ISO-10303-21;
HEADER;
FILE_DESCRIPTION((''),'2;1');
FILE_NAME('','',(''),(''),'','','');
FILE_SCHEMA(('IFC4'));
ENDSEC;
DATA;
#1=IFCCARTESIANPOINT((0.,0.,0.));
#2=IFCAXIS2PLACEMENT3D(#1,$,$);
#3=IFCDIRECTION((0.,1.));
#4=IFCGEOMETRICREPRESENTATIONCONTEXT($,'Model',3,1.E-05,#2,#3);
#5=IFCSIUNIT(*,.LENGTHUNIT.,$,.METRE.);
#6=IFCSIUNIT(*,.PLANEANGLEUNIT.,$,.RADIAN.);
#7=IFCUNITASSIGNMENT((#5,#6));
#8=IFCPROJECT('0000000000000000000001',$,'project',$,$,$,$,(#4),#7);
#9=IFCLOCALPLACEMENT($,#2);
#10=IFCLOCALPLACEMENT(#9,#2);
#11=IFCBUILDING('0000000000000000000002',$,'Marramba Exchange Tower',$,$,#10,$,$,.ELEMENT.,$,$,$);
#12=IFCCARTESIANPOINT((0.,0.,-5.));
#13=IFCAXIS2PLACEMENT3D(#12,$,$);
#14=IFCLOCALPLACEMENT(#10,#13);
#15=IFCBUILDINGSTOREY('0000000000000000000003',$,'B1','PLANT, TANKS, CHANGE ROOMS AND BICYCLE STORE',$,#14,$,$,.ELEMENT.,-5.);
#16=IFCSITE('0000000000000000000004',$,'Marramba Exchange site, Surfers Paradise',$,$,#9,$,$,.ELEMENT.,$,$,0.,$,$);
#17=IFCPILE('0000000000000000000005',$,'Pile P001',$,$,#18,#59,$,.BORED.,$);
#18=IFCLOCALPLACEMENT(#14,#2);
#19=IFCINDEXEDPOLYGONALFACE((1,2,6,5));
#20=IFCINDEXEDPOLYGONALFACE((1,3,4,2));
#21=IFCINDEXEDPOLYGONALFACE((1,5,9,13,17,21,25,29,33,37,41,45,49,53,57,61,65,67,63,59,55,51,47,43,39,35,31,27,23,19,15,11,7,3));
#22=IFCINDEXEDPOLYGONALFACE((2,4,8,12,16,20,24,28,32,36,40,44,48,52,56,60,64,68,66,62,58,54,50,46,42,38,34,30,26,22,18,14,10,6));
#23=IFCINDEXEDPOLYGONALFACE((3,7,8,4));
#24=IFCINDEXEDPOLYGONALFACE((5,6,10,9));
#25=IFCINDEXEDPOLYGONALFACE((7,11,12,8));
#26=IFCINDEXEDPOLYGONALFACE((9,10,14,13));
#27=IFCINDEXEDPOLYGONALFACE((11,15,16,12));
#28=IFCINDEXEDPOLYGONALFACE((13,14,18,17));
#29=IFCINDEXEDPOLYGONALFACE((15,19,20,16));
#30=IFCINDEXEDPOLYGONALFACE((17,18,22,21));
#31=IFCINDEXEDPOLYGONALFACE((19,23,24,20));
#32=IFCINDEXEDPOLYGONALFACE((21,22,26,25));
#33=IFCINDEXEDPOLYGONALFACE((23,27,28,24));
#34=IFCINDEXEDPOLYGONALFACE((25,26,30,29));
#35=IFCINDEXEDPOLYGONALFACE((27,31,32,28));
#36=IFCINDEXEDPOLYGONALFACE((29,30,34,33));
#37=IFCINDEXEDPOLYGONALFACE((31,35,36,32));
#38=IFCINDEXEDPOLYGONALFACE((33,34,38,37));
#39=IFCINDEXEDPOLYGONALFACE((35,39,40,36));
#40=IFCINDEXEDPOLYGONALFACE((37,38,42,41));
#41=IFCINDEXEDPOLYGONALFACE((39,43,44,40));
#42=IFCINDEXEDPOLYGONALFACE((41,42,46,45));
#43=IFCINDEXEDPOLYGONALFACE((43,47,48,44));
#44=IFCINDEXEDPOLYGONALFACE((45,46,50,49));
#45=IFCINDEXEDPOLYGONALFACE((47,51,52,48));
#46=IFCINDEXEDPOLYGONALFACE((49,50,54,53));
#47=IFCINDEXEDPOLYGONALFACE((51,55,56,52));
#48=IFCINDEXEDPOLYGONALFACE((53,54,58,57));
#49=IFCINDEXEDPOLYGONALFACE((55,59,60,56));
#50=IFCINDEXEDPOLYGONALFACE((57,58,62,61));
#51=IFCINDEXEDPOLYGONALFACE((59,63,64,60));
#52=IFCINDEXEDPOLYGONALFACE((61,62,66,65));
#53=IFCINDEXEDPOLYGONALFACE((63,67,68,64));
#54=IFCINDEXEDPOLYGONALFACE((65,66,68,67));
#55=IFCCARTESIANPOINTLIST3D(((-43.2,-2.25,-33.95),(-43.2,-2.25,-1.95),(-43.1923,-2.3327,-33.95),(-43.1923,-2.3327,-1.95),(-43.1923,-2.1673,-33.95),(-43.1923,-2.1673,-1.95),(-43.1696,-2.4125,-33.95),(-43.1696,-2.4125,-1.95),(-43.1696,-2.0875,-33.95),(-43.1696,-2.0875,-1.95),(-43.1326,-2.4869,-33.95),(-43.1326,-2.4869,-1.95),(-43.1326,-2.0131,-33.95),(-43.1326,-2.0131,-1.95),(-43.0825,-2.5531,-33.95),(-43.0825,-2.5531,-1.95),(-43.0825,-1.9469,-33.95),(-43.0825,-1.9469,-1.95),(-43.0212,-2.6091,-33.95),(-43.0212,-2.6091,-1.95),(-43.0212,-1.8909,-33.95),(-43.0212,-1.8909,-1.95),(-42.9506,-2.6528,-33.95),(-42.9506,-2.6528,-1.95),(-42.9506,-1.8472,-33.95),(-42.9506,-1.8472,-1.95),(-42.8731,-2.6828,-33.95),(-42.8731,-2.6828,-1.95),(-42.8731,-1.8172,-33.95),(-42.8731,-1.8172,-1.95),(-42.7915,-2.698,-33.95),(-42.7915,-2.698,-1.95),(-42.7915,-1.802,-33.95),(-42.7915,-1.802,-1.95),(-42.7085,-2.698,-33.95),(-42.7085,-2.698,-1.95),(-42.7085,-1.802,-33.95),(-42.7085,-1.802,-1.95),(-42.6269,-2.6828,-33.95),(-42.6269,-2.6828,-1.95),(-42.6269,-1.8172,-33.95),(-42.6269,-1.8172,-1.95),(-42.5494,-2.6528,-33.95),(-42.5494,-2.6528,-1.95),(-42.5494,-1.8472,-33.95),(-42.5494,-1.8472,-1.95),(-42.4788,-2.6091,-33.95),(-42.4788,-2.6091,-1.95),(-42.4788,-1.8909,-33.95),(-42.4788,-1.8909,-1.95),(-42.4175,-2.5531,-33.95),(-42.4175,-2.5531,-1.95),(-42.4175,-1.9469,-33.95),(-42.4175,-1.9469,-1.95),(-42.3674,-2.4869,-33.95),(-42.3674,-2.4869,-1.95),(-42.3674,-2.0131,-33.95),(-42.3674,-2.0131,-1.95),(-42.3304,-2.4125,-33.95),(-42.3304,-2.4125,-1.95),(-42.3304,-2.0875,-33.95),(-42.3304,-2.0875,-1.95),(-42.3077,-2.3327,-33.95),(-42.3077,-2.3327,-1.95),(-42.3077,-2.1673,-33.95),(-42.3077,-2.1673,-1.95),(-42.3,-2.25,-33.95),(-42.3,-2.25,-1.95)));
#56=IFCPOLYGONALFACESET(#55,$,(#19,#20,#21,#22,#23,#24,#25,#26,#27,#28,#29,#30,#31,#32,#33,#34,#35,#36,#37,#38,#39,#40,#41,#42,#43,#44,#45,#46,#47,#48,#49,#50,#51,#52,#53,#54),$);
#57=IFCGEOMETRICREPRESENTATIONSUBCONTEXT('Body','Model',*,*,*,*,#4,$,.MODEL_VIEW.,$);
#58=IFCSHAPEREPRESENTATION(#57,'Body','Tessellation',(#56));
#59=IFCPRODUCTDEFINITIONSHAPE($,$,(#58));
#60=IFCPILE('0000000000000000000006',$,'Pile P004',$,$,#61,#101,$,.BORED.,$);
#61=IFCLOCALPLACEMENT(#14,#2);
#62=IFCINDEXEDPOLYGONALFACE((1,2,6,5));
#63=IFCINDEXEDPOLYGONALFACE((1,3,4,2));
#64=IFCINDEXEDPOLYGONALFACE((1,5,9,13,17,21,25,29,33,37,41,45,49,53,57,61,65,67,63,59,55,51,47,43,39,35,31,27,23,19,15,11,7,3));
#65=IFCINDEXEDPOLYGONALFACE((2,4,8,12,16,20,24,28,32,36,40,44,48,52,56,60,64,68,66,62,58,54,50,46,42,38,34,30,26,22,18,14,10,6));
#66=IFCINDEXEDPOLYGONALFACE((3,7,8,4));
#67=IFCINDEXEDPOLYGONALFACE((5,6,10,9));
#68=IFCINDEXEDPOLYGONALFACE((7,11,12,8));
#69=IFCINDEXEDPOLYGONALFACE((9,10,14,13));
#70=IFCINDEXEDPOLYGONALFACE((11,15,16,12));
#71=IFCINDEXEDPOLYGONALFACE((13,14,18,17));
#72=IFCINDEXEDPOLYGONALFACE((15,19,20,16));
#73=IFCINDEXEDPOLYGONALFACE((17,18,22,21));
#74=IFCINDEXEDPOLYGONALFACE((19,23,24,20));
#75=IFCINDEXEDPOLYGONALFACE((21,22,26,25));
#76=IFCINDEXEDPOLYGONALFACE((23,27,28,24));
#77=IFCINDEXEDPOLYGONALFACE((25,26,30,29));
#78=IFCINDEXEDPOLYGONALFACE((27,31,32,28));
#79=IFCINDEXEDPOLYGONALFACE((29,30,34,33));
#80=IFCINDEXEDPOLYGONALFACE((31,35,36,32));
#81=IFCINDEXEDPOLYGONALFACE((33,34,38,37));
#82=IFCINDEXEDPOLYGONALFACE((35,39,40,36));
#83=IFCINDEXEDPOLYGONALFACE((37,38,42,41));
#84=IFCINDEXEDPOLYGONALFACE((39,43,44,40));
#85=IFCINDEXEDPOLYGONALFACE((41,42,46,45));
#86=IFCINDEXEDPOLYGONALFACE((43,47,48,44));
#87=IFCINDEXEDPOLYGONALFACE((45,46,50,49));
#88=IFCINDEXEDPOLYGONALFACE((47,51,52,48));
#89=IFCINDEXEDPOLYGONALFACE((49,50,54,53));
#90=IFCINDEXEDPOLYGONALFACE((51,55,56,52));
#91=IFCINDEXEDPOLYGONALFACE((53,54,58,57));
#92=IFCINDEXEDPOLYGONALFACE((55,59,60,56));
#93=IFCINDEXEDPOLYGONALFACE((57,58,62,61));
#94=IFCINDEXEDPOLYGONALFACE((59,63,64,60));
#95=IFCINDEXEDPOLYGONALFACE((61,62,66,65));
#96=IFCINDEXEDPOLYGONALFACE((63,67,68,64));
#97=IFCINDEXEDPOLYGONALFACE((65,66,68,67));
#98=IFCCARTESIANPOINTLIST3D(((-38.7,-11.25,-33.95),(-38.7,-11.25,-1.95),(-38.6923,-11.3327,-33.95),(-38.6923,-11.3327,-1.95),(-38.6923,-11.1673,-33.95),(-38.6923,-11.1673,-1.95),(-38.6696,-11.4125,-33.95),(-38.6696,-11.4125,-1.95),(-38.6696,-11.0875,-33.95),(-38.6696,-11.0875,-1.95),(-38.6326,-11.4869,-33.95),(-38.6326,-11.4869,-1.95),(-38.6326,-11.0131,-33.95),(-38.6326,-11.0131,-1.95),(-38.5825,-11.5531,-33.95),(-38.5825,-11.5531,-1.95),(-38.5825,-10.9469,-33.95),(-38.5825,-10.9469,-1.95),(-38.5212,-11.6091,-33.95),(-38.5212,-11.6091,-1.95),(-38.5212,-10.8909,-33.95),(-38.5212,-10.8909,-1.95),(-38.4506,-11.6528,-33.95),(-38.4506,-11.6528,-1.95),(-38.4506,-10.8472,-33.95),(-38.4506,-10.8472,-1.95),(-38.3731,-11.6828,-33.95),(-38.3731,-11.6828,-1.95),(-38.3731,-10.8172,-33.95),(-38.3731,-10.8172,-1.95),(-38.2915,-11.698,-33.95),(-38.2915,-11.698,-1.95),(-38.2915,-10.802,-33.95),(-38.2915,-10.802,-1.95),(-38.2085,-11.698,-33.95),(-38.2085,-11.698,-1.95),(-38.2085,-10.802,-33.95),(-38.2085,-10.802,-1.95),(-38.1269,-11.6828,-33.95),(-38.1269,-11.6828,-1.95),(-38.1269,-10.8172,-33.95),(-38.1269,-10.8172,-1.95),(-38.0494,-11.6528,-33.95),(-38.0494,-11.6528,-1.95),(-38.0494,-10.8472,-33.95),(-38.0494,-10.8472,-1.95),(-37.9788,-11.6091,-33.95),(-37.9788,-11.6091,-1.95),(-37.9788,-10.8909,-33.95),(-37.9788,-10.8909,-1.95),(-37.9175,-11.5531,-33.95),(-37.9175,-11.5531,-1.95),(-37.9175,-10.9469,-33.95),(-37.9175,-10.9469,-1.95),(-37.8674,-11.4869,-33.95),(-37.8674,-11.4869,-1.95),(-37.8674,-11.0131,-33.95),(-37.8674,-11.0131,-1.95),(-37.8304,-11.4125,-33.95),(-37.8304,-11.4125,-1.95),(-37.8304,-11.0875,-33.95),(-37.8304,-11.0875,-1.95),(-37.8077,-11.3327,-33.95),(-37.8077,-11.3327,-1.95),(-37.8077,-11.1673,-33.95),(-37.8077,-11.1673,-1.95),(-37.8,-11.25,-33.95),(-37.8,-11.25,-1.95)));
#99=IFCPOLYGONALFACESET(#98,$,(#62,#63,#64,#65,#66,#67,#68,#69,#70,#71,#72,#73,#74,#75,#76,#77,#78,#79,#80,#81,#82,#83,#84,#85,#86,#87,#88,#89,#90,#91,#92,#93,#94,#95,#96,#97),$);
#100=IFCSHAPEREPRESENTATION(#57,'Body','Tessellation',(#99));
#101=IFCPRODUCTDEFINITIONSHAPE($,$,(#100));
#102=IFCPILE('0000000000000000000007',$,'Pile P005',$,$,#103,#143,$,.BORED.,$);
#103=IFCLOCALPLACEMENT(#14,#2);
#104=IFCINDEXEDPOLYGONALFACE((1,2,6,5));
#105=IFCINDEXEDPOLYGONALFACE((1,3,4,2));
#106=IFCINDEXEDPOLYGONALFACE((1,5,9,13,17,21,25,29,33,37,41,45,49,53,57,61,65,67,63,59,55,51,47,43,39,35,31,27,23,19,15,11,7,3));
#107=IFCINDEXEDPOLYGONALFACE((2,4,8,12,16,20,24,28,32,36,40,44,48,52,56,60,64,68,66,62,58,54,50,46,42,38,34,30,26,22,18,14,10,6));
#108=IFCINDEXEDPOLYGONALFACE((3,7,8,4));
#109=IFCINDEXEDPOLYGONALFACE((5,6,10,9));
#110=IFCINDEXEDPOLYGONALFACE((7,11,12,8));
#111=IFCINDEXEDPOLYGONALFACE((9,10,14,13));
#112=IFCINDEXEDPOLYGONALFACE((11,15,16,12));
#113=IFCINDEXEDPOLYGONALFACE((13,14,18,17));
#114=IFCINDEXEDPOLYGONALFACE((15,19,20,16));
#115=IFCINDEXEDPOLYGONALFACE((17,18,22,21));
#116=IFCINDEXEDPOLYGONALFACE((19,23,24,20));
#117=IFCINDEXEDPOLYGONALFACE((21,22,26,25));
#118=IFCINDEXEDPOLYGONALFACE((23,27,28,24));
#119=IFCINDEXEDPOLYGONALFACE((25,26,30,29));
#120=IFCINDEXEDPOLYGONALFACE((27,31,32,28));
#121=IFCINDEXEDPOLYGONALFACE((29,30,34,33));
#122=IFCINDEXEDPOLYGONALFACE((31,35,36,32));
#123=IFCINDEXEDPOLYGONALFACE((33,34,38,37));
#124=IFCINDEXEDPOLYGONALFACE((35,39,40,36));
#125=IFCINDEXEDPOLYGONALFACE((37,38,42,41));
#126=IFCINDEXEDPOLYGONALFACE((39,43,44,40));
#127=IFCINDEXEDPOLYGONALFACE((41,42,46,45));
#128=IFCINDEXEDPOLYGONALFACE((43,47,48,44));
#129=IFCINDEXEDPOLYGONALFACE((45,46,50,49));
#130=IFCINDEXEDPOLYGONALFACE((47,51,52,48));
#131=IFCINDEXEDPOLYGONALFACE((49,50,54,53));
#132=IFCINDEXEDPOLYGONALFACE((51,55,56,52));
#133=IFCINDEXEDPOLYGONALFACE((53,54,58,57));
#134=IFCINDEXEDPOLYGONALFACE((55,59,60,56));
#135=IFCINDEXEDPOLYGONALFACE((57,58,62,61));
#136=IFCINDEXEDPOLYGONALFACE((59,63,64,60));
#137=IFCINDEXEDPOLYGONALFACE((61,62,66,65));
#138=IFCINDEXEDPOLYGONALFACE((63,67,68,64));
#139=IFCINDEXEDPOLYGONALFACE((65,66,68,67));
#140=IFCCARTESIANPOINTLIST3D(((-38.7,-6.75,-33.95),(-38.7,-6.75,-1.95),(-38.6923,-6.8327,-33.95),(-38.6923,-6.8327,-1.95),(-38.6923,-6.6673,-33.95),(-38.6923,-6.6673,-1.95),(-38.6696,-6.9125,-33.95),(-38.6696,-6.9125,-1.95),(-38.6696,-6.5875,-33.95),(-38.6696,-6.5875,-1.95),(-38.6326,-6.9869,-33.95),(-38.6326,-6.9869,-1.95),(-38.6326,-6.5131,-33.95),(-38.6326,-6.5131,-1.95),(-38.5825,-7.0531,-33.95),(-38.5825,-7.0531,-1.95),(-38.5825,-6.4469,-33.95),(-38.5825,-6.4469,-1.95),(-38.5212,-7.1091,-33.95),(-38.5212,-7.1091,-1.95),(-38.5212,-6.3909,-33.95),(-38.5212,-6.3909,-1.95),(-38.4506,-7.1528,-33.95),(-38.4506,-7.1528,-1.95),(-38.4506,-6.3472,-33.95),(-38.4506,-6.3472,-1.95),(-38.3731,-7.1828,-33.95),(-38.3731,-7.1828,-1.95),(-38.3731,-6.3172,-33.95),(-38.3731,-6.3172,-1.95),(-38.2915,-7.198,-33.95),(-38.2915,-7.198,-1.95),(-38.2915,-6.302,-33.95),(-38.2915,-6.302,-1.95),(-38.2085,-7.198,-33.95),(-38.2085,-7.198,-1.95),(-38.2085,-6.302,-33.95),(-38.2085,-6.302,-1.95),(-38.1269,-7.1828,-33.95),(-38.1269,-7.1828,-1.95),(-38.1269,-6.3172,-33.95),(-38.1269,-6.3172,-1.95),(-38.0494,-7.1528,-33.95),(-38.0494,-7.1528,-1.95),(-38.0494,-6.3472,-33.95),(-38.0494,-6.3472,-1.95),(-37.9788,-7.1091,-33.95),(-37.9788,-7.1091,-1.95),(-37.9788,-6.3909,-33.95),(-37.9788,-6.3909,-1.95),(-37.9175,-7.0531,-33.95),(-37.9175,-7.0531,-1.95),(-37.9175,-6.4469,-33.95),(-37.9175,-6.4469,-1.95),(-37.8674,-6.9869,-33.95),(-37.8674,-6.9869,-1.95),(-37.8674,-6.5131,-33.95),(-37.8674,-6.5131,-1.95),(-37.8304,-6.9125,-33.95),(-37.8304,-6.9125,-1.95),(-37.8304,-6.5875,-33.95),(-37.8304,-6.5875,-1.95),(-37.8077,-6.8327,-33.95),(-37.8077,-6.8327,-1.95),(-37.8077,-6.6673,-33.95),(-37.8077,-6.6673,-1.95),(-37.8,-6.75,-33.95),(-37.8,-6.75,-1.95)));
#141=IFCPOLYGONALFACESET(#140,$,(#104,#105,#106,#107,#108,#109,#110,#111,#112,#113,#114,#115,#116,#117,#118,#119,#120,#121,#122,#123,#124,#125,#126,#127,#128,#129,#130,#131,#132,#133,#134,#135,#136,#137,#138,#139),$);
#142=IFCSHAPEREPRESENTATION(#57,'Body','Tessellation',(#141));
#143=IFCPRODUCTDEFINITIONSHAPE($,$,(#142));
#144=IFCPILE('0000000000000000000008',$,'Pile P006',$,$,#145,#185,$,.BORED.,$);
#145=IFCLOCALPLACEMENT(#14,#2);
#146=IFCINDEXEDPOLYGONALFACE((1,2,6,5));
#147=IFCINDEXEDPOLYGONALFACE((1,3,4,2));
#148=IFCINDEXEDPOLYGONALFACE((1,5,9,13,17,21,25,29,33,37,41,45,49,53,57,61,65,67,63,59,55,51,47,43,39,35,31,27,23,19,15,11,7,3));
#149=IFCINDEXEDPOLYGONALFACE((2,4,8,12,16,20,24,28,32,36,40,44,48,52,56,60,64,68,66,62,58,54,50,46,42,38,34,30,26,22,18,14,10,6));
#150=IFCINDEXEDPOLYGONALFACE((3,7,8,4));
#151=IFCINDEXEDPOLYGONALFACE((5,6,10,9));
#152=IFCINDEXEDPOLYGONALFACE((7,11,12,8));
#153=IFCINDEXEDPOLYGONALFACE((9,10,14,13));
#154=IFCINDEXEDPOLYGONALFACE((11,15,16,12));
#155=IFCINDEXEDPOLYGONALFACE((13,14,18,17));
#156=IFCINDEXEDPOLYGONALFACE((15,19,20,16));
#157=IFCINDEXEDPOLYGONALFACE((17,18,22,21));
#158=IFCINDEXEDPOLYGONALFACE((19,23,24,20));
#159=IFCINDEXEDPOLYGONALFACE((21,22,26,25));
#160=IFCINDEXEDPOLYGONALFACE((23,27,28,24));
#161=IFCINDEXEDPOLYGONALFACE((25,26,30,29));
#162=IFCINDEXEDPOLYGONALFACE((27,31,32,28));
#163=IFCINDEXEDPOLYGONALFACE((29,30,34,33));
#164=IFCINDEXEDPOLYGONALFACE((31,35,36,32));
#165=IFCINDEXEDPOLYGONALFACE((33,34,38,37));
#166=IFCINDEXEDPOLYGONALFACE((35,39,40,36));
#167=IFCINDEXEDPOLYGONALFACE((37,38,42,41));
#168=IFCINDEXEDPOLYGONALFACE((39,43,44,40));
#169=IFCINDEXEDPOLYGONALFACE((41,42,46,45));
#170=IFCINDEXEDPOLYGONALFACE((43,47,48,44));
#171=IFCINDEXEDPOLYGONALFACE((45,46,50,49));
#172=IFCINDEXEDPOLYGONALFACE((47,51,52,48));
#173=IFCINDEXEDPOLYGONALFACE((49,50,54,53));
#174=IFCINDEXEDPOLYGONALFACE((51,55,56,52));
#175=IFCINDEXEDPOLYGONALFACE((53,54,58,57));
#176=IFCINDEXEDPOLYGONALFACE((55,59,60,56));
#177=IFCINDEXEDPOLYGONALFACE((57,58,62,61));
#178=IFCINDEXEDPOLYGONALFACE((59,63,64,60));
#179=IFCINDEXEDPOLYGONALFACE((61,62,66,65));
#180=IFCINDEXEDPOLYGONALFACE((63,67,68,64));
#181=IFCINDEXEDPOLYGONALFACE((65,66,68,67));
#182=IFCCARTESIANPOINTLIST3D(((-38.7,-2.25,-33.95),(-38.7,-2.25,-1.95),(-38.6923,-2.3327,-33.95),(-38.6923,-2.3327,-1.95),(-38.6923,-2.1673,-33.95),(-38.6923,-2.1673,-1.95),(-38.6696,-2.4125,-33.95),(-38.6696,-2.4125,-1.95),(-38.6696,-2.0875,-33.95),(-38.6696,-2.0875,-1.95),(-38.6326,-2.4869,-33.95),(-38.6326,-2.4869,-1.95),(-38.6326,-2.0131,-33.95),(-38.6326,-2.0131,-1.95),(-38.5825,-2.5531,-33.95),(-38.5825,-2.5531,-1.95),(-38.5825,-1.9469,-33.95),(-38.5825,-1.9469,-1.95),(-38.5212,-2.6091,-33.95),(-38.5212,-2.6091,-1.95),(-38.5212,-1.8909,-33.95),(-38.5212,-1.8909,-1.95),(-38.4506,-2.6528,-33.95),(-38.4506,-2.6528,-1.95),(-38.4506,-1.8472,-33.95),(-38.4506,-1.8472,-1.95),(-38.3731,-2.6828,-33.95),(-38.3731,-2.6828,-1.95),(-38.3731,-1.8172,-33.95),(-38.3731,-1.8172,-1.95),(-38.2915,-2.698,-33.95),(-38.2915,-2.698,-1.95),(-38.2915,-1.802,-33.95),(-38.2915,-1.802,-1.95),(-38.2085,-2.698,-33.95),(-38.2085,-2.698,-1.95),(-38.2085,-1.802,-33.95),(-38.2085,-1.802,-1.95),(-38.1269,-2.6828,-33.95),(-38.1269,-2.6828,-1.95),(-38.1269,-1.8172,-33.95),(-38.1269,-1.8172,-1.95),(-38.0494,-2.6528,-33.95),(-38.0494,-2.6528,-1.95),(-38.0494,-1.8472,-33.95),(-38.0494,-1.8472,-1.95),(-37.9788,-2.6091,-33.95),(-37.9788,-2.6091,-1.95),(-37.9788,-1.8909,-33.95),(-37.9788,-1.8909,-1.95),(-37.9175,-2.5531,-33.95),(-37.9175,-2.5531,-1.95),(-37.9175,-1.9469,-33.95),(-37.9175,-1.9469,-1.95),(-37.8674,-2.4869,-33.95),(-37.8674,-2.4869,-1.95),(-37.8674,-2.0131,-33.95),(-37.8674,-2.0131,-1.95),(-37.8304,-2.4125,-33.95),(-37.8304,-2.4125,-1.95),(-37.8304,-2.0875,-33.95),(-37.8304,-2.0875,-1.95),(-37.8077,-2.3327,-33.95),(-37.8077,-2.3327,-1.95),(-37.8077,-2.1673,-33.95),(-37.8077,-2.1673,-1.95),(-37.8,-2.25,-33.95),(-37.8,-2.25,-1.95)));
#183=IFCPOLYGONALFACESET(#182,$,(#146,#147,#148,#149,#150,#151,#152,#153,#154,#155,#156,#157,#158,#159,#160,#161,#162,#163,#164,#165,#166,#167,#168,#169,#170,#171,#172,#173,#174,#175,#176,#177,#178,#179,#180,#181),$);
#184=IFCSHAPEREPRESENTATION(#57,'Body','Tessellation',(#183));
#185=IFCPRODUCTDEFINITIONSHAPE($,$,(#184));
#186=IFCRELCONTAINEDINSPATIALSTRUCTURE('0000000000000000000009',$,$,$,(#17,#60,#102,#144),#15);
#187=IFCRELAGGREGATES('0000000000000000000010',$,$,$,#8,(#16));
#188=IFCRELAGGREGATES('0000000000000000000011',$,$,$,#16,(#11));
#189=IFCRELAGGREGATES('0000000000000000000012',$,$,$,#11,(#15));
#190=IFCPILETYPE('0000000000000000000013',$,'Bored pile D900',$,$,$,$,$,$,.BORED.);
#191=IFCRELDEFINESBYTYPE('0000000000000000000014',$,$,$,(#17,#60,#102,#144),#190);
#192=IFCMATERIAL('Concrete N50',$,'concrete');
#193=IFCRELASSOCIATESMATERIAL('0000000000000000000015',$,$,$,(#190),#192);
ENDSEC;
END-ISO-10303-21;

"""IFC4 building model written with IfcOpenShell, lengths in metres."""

from ifc_helpers import new_model, si_unit, direction, frame, origin, origin_2d, place, context, subcontext, project, spatial, circle, extrude, material, material_profile, profile_set, type_object, element, save


model = new_model("IFC4")

# Units and contexts
model_context = context("Model", 3, precision=1e-05, world=origin(), true_north=direction((0.0, 1.0)))
body_context = subcontext(model_context, "Body", "Model", "MODEL_VIEW")
ifc_project = project(units=[si_unit("LENGTHUNIT", "METRE"), si_unit("PLANEANGLEUNIT", "RADIAN")], contexts=[model_context])

# Site, building, storey
site_placement = place(None, origin())
site = spatial("IfcSite", under=ifc_project, at=site_placement, Name="Marramba Exchange site, Surfers Paradise", CompositionType="ELEMENT", RefElevation=0.0)
building_placement = place(site_placement, origin())
building = spatial("IfcBuilding", under=site, at=building_placement, Name="Marramba Exchange Tower", CompositionType="ELEMENT")
storey_placement = place(building_placement, frame((0.0, 0.0, -5.0)))
storey = spatial("IfcBuildingStorey", under=building, at=storey_placement, Name="B1", Description="PLANT, TANKS, CHANGE ROOMS AND BICYCLE STORE", CompositionType="ELEMENT", Elevation=-5.0)

# Piles
ifc_material_1 = material(Name="Concrete N50", Category="concrete")
ifc_material_profile_1 = material_profile(ifc_material_1, circle(Radius=0.45, at=origin_2d()), Name="BP D900")
ifc_profile_set_1 = profile_set([ifc_material_profile_1], Name="Concrete N50")
pile_type = type_object("IfcPileType", Name="Bored pile D900", PredefinedType="BORED", material=ifc_profile_set_1)
for number, where, z_axis, x_axis, name in (
    (1, (-42.75, -2.25, -1.95), (0.0, 0.0, -1.0), (1.0, 0.0, 0.0), "Pile P001"),
    (2, (-38.25, -11.25, -1.95), (0.0, 0.0, -1.0), (1.0, 0.0, 0.0), "Pile P004"),
    (3, (-38.25, -6.75, -1.95), (0.0, 0.0, -1.0), (1.0, 0.0, 0.0), "Pile P005"),
    (4, (-38.25, -2.25, -1.95), (0.0, 0.0, -1.0), (1.0, 0.0, 0.0), "Pile P006"),
):
    element("IfcPile", number, at=place(storey_placement, frame(where, z_axis=z_axis, x_axis=x_axis)), inside=storey, type_object=pile_type, Name=name, PredefinedType="BORED", context=body_context, shape_type="SweptSolid", body=[
        extrude(circle(Radius=0.45, at=origin_2d()), origin(), (0.0, 0.0, 1.0), 32.0),
    ])

save(model, "model.ifc")
